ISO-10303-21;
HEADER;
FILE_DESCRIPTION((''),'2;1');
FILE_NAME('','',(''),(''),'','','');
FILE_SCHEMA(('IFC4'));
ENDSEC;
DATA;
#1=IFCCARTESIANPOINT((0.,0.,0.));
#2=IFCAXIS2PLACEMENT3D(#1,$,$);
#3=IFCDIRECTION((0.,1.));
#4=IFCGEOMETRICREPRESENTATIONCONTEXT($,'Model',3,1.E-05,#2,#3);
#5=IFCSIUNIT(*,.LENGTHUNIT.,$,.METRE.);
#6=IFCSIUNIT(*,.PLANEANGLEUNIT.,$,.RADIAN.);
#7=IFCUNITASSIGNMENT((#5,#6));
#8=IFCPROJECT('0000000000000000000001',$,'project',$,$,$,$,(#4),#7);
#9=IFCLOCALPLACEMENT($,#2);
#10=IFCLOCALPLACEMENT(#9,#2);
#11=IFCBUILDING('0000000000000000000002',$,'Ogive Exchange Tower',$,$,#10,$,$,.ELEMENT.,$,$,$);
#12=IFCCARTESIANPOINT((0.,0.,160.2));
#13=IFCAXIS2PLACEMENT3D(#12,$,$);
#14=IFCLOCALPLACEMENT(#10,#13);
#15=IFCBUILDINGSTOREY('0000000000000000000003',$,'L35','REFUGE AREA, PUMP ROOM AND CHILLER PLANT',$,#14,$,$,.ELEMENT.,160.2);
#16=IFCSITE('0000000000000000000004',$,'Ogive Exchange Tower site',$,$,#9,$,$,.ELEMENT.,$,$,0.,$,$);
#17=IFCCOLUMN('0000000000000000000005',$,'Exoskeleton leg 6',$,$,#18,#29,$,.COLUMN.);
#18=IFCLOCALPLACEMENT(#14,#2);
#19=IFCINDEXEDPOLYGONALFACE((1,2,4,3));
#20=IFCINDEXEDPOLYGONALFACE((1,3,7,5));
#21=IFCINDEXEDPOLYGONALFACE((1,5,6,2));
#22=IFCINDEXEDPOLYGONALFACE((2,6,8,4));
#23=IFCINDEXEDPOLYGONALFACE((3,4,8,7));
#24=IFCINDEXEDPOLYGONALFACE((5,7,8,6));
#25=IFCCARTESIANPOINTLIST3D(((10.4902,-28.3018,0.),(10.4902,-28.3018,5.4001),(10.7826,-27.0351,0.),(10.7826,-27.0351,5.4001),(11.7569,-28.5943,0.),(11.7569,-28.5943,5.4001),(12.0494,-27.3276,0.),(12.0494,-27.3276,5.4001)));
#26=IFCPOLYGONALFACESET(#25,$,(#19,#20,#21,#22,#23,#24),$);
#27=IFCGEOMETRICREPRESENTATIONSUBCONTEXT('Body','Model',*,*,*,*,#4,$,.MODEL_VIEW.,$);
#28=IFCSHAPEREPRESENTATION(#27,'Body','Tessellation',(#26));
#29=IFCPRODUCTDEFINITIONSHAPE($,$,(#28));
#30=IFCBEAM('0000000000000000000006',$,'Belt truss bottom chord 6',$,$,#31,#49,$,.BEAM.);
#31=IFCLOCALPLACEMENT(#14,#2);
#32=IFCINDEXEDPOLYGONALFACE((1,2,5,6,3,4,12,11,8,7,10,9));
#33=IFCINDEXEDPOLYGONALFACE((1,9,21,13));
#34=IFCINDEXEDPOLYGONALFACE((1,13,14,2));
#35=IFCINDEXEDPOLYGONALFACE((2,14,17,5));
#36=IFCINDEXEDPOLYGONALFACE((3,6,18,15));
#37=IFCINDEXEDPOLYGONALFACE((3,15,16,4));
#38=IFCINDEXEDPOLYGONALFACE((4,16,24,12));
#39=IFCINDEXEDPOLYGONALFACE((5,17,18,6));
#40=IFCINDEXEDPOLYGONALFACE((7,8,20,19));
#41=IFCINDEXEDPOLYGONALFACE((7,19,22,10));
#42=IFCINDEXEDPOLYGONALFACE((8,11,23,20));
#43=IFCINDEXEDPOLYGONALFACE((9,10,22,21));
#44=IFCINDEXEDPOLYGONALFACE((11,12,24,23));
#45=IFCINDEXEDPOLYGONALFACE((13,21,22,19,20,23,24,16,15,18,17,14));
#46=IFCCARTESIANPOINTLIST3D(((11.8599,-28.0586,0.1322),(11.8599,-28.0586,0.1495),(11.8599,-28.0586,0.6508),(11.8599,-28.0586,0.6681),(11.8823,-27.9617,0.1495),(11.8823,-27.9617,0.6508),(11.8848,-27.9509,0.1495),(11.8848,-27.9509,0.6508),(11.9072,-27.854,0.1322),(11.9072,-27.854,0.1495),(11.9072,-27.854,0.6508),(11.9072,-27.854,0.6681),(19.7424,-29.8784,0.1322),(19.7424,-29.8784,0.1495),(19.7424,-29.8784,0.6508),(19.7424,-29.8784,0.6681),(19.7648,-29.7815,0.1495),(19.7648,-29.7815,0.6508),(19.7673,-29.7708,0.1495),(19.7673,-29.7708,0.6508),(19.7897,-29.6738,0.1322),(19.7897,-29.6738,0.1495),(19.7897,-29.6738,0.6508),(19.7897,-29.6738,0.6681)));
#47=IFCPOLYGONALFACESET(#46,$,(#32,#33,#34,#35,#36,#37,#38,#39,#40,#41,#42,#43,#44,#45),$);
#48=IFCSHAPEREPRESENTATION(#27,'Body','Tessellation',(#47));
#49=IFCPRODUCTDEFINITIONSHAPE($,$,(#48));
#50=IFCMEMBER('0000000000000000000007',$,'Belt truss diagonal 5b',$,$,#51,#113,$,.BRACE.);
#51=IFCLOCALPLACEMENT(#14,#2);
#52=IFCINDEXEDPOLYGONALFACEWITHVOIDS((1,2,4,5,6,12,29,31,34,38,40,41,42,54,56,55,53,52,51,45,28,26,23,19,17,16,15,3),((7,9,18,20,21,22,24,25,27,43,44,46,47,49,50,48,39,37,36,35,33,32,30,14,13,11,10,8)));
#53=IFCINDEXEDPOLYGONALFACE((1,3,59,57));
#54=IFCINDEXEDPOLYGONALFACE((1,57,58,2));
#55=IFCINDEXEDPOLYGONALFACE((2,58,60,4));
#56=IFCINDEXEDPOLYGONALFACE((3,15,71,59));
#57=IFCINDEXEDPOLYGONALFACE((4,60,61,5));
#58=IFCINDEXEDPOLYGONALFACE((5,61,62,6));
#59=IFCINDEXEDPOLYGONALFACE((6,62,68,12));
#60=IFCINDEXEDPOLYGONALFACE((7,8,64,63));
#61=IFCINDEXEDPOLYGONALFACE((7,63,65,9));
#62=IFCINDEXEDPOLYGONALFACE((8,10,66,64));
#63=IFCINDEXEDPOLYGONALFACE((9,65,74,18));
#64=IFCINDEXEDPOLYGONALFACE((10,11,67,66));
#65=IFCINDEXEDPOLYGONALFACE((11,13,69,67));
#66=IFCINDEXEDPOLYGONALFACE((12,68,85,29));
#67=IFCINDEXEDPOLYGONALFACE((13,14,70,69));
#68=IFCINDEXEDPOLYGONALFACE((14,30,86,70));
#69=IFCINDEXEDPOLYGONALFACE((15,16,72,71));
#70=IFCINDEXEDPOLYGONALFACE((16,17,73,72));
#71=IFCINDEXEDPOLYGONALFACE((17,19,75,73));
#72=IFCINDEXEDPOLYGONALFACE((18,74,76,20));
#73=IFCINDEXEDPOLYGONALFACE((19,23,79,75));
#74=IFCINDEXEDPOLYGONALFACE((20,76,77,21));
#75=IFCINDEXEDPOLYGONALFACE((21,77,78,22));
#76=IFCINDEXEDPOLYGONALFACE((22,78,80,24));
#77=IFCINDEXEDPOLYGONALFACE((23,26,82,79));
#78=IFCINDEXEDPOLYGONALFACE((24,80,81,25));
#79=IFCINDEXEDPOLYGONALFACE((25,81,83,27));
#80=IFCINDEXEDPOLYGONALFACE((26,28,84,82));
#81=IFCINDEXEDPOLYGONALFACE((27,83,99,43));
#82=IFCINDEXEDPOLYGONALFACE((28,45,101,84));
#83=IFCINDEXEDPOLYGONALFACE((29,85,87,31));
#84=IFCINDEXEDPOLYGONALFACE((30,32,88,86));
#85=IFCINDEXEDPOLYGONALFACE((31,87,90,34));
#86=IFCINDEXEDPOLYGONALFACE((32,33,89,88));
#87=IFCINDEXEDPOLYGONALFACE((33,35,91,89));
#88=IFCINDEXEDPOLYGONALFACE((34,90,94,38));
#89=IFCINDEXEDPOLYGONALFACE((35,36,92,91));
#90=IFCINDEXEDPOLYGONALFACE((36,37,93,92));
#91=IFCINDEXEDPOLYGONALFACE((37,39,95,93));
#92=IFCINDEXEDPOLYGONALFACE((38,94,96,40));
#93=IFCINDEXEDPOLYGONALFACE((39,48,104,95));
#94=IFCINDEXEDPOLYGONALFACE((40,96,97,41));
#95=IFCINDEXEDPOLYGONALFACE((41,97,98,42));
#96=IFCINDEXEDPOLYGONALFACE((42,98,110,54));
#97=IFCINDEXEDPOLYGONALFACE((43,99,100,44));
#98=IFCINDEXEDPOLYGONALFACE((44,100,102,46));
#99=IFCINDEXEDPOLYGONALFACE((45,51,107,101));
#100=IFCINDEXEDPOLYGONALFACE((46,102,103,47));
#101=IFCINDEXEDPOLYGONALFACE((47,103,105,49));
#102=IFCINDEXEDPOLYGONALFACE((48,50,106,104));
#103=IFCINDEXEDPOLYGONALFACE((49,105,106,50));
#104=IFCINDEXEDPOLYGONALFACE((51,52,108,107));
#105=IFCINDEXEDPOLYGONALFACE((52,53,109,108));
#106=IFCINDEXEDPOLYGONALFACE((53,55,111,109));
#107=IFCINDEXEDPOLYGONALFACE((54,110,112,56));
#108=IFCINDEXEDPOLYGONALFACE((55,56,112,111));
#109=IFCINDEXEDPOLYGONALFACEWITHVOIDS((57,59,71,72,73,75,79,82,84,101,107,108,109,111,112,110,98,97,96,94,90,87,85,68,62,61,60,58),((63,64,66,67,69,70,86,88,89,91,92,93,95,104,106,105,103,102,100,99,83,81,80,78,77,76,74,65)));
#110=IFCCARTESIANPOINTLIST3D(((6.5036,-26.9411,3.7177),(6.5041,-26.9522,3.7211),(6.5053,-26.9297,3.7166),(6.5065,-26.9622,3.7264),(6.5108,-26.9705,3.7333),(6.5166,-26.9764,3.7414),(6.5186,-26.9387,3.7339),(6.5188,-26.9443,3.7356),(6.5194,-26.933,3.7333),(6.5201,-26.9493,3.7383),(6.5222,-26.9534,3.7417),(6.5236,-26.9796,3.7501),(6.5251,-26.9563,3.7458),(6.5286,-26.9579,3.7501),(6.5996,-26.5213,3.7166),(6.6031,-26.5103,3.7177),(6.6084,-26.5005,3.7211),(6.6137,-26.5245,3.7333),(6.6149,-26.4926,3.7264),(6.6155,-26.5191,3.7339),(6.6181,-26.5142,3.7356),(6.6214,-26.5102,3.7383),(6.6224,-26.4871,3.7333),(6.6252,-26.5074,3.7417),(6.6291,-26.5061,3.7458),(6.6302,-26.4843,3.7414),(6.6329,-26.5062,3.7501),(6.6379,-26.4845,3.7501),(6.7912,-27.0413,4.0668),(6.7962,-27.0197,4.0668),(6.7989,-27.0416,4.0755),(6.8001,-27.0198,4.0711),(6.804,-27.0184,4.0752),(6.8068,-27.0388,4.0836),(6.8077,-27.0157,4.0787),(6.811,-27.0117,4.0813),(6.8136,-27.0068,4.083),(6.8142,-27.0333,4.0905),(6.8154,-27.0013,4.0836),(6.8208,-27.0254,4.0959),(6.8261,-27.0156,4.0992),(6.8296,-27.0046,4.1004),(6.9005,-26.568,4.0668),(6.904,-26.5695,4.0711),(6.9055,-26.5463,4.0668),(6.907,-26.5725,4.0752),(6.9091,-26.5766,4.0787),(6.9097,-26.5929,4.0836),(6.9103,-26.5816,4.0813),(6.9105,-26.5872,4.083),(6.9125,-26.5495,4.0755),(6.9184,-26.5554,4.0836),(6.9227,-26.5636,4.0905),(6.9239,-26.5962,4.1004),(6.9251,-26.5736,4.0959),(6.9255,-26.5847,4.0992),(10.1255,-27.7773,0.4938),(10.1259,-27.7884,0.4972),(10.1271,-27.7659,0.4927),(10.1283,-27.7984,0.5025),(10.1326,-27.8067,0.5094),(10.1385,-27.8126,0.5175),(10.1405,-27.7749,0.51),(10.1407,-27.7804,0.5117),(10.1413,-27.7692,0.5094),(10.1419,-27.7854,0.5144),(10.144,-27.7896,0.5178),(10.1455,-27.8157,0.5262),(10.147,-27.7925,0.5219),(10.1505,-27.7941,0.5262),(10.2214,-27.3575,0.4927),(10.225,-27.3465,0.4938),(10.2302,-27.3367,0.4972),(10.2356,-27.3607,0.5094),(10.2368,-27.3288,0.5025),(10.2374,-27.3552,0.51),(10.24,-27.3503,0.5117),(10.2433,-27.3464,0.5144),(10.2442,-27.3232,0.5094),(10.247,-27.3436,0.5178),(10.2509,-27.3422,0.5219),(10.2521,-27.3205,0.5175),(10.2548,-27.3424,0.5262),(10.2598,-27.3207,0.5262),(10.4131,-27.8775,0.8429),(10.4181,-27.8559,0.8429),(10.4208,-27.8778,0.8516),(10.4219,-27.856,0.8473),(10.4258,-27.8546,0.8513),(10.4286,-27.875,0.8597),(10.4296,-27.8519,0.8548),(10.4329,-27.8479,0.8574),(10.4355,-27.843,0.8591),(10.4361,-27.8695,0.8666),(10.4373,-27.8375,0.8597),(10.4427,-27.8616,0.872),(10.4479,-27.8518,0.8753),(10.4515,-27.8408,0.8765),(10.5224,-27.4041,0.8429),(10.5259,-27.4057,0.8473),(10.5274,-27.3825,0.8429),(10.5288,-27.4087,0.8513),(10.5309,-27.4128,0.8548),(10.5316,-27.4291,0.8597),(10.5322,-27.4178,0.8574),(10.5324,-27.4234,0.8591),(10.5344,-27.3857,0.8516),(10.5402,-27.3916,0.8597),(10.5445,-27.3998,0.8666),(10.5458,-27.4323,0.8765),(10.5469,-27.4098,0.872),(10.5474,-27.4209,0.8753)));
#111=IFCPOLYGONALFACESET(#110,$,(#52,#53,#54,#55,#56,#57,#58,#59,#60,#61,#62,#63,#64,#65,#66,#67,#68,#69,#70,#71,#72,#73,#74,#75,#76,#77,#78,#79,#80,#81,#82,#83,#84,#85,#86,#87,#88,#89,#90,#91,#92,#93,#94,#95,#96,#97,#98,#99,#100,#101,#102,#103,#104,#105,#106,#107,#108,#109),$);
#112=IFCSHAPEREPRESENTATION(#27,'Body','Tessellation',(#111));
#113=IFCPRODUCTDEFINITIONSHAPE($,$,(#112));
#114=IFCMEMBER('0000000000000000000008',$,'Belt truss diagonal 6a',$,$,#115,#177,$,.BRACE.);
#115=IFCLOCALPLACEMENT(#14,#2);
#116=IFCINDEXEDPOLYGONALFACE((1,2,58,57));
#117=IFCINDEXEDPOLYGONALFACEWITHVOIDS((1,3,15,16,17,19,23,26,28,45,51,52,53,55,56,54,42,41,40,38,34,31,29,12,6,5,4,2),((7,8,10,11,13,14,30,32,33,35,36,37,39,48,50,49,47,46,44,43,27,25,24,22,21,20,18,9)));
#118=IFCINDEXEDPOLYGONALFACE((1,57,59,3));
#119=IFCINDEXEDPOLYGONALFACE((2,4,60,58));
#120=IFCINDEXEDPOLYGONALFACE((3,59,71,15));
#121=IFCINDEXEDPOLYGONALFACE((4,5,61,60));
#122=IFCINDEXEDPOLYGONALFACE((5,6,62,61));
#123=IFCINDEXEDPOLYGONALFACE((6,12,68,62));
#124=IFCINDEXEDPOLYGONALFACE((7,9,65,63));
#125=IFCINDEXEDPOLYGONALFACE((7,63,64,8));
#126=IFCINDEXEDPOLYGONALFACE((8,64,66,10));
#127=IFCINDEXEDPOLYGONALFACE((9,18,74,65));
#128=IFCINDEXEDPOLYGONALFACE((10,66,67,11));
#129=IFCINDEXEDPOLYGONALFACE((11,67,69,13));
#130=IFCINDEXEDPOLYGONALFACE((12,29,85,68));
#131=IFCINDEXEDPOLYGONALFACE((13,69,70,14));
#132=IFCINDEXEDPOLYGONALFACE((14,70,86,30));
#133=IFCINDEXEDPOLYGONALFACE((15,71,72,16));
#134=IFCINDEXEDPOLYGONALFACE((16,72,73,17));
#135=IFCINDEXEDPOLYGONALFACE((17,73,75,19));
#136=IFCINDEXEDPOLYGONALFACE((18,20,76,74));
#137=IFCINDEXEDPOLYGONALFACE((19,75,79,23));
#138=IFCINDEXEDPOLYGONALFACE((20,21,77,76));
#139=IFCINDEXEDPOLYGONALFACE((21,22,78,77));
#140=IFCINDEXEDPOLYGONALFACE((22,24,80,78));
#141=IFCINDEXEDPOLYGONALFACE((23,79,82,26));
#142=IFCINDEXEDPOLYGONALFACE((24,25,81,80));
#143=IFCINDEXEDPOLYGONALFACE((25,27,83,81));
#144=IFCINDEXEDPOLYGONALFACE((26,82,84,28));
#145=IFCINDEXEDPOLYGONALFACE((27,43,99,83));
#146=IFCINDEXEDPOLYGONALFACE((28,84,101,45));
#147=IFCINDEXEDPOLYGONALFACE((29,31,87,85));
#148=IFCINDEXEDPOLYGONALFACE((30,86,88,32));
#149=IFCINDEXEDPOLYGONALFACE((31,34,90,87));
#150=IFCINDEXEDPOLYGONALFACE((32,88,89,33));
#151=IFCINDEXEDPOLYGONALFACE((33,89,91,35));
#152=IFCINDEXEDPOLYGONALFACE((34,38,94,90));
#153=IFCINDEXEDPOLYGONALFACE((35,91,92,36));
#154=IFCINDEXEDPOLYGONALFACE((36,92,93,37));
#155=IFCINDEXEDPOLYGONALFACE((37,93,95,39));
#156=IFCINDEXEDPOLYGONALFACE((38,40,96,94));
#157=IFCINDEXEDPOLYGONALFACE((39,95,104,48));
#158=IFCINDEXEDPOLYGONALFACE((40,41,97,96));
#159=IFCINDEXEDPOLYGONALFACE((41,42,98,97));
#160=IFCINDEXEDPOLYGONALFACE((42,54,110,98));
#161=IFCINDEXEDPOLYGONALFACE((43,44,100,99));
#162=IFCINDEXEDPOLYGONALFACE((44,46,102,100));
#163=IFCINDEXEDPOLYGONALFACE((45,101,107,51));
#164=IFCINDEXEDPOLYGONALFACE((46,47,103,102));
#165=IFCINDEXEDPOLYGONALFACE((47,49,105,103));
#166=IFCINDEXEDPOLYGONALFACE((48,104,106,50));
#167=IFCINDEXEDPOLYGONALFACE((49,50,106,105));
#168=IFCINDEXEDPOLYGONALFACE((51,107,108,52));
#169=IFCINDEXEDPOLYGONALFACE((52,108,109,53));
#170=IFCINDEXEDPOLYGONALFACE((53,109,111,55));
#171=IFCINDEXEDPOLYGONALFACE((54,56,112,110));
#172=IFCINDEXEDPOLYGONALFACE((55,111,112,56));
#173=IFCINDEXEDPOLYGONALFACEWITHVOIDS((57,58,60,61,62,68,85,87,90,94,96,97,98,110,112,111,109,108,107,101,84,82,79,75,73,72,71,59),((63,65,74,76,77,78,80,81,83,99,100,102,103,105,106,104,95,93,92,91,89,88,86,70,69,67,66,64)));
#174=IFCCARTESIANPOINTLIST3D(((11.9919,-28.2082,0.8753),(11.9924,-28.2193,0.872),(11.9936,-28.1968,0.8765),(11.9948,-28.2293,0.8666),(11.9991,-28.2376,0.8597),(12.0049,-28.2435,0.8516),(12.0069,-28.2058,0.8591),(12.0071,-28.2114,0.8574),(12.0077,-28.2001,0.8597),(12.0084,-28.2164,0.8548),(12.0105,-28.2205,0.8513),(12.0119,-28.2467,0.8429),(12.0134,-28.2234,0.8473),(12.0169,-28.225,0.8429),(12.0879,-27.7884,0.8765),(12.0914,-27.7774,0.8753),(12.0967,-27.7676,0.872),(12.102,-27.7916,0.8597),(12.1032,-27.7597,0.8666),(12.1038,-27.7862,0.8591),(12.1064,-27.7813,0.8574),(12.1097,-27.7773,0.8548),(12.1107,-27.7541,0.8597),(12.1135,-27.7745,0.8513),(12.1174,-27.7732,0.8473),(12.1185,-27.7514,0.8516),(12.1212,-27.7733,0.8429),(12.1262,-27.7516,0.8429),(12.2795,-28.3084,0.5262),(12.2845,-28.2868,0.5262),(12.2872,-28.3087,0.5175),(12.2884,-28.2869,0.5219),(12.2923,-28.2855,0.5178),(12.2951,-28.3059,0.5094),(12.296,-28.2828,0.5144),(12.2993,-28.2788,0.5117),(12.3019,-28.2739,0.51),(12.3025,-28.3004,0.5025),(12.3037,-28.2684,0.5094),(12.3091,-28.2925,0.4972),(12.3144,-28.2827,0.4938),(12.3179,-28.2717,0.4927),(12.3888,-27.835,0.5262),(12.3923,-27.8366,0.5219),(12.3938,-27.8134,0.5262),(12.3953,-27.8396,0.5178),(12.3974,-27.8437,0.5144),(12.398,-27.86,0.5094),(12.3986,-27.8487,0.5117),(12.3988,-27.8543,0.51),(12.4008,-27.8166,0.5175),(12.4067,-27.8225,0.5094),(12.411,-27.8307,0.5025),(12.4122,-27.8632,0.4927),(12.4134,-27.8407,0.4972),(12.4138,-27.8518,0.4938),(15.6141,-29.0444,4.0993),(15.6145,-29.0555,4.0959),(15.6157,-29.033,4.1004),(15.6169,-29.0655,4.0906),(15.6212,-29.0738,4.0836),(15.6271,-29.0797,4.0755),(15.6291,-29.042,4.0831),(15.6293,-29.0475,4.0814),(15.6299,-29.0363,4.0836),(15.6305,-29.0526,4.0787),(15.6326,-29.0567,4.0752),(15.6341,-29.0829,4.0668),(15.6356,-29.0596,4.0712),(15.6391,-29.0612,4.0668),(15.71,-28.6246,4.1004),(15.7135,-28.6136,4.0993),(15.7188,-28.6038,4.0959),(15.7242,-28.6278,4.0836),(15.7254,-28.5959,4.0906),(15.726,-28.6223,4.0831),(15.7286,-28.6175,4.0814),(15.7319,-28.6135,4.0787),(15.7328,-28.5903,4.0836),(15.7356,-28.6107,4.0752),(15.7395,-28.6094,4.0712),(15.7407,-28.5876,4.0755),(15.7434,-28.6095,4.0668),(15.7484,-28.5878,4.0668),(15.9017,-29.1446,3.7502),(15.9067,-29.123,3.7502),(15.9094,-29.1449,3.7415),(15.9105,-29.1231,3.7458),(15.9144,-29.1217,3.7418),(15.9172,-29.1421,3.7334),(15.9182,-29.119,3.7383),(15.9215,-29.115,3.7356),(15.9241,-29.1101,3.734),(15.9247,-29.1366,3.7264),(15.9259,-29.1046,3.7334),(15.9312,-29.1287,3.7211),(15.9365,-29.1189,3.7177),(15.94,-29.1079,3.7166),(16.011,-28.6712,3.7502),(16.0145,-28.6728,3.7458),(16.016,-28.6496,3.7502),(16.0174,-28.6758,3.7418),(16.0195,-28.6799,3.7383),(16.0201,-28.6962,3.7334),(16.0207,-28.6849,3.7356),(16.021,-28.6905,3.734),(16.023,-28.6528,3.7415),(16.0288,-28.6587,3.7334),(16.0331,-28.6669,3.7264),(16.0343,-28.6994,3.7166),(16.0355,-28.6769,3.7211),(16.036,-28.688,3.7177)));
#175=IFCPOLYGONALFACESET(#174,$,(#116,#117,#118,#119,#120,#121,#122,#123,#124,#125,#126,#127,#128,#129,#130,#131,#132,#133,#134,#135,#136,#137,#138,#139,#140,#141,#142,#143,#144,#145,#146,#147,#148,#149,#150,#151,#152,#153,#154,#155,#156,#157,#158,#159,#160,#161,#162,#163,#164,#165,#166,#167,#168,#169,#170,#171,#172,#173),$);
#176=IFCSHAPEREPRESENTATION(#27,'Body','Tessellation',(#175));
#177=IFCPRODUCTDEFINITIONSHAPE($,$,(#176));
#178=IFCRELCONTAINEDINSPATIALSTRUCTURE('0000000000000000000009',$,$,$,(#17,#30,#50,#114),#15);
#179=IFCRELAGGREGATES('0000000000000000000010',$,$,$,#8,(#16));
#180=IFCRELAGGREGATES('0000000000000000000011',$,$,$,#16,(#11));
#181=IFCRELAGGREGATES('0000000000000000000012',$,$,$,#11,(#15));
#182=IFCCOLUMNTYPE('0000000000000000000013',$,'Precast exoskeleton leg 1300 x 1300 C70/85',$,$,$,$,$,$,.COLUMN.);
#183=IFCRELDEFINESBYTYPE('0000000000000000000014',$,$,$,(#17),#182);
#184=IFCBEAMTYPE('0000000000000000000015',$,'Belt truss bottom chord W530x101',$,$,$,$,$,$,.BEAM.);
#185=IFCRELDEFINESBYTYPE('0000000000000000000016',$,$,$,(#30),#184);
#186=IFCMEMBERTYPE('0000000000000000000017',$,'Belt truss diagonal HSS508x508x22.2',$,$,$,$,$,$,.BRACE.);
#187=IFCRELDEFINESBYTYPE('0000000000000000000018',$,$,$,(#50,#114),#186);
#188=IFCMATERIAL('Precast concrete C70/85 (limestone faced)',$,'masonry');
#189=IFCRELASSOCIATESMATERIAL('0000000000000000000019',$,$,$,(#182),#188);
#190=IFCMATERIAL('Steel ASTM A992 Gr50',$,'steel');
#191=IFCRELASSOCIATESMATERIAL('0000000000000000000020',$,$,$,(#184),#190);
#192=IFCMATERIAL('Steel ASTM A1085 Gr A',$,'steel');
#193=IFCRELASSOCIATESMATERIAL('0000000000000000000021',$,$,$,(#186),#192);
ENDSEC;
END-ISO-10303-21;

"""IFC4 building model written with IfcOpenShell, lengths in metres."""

from ifc_helpers import new_model, si_unit, direction, frame, origin, origin_2d, place, context, subcontext, project, spatial, rectangle, hollow_rectangle, i_section, extrude, material, material_profile, profile_set, type_object, element, save


model = new_model("IFC4")

# Units and contexts
model_context = context("Model", 3, precision=1e-05, world=origin(), true_north=direction((0.0, 1.0)))
body_context = subcontext(model_context, "Body", "Model", "MODEL_VIEW")
ifc_project = project(units=[si_unit("LENGTHUNIT", "METRE"), si_unit("PLANEANGLEUNIT", "RADIAN")], contexts=[model_context])

# Site, building, storey
site_placement = place(None, origin())
site = spatial("IfcSite", under=ifc_project, at=site_placement, Name="Ogive Exchange Tower site", CompositionType="ELEMENT", RefElevation=0.0)
building_placement = place(site_placement, origin())
building = spatial("IfcBuilding", under=site, at=building_placement, Name="Ogive Exchange Tower", CompositionType="ELEMENT")
storey_placement = place(building_placement, frame((0.0, 0.0, 160.2)))
storey = spatial("IfcBuildingStorey", under=building, at=storey_placement, Name="L35", Description="REFUGE AREA, PUMP ROOM AND CHILLER PLANT", CompositionType="ELEMENT", Elevation=160.2)

# Column
ifc_material_1 = material(Name="Precast concrete C70/85 (limestone faced)", Category="masonry")
ifc_material_profile_1 = material_profile(ifc_material_1, rectangle(XDim=1.3, YDim=1.3, at=origin_2d()), Name="1300 x 1300")
ifc_profile_set_1 = profile_set([ifc_material_profile_1], Name="Precast concrete C70/85 (limestone faced)")
column_type = type_object("IfcColumnType", Name="Precast exoskeleton leg 1300 x 1300 C70/85", PredefinedType="COLUMN", material=ifc_profile_set_1)
column_placement = place(storey_placement, frame((11.2698, -27.8147, 0.0), z_axis=(0.0, 0.0, 1.0), x_axis=(0.97437, -0.224951, 0.0)))
element("IfcColumn", 1, at=column_placement, inside=storey, type_object=column_type, Name="Exoskeleton leg 6", PredefinedType="COLUMN", context=body_context, shape_type="SweptSolid", body=[
    extrude(rectangle(XDim=1.3, YDim=1.3, at=origin_2d()), origin(), (0.0, 0.0, 1.0), 5.4001),
])

# Beam
ifc_material_2 = material(Name="Steel ASTM A992 Gr50", Category="steel")
ifc_material_profile_2 = material_profile(ifc_material_2, i_section(OverallWidth=0.21, OverallDepth=0.5359, WebThickness=0.011, FlangeThickness=0.0173, at=origin_2d()), Name="W530x101")
ifc_profile_set_2 = profile_set([ifc_material_profile_2], Name="Steel ASTM A992 Gr50")
beam_type_1 = type_object("IfcBeamType", Name="Belt truss bottom chord W530x101", PredefinedType="BEAM", material=ifc_profile_set_2)
beam_1_placement = place(storey_placement, frame((11.8835, -27.9563, 0.4001), z_axis=(0.97437, -0.22495, 0.0), x_axis=(0.22495, 0.97437, 0.0)))
element("IfcBeam", 2, at=beam_1_placement, inside=storey, type_object=beam_type_1, Name="Belt truss bottom chord 6", PredefinedType="BEAM", context=body_context, shape_type="SweptSolid", body=[
    extrude(i_section(OverallWidth=0.21, OverallDepth=0.5359, WebThickness=0.011, FlangeThickness=0.0173, at=origin_2d()), origin(), (0.0, 0.0, 1.0), 8.0898),
])

# Members
ifc_material_3 = material(Name="Steel ASTM A1085 Gr A", Category="steel")
ifc_material_profile_3 = material_profile(ifc_material_3, hollow_rectangle(XDim=0.5081, YDim=0.5081, WallThickness=0.0222, InnerFilletRadius=0.0222, OuterFilletRadius=0.0444, at=origin_2d()), Name="HSS508x508x22.2")
ifc_profile_set_3 = profile_set([ifc_material_profile_3], Name="Steel ASTM A1085 Gr A")
member_type = type_object("IfcMemberType", Name="Belt truss diagonal HSS508x508x22.2", PredefinedType="BRACE", material=ifc_profile_set_3)
member_1_placement = place(storey_placement, frame((10.3364, -27.5991, 0.6846), z_axis=(-0.736086, 0.169942, 0.655208), x_axis=(-0.224955, -0.974369, 0.0)))
element("IfcMember", 3, at=member_1_placement, inside=storey, type_object=member_type, Name="Belt truss diagonal 5b", PredefinedType="BRACE", context=body_context, shape_type="SweptSolid", body=[
    extrude(hollow_rectangle(XDim=0.5081, YDim=0.5081, WallThickness=0.0222, InnerFilletRadius=0.0222, OuterFilletRadius=0.0444, at=origin_2d()), origin(), (0.0, 0.0, 1.0), 4.9204),
])
member_2_placement = place(storey_placement, frame((12.2029, -28.03, 0.6846), z_axis=(0.736108, -0.169936, 0.655184), x_axis=(0.224941, 0.974372, 0.0)))
element("IfcMember", 4, at=member_2_placement, inside=storey, type_object=member_type, Name="Belt truss diagonal 6a", PredefinedType="BRACE", context=body_context, shape_type="SweptSolid", body=[
    extrude(hollow_rectangle(XDim=0.5081, YDim=0.5081, WallThickness=0.0222, InnerFilletRadius=0.0222, OuterFilletRadius=0.0444, at=origin_2d()), origin(), (0.0, 0.0, 1.0), 4.9207),
])

save(model, "model.ifc")
